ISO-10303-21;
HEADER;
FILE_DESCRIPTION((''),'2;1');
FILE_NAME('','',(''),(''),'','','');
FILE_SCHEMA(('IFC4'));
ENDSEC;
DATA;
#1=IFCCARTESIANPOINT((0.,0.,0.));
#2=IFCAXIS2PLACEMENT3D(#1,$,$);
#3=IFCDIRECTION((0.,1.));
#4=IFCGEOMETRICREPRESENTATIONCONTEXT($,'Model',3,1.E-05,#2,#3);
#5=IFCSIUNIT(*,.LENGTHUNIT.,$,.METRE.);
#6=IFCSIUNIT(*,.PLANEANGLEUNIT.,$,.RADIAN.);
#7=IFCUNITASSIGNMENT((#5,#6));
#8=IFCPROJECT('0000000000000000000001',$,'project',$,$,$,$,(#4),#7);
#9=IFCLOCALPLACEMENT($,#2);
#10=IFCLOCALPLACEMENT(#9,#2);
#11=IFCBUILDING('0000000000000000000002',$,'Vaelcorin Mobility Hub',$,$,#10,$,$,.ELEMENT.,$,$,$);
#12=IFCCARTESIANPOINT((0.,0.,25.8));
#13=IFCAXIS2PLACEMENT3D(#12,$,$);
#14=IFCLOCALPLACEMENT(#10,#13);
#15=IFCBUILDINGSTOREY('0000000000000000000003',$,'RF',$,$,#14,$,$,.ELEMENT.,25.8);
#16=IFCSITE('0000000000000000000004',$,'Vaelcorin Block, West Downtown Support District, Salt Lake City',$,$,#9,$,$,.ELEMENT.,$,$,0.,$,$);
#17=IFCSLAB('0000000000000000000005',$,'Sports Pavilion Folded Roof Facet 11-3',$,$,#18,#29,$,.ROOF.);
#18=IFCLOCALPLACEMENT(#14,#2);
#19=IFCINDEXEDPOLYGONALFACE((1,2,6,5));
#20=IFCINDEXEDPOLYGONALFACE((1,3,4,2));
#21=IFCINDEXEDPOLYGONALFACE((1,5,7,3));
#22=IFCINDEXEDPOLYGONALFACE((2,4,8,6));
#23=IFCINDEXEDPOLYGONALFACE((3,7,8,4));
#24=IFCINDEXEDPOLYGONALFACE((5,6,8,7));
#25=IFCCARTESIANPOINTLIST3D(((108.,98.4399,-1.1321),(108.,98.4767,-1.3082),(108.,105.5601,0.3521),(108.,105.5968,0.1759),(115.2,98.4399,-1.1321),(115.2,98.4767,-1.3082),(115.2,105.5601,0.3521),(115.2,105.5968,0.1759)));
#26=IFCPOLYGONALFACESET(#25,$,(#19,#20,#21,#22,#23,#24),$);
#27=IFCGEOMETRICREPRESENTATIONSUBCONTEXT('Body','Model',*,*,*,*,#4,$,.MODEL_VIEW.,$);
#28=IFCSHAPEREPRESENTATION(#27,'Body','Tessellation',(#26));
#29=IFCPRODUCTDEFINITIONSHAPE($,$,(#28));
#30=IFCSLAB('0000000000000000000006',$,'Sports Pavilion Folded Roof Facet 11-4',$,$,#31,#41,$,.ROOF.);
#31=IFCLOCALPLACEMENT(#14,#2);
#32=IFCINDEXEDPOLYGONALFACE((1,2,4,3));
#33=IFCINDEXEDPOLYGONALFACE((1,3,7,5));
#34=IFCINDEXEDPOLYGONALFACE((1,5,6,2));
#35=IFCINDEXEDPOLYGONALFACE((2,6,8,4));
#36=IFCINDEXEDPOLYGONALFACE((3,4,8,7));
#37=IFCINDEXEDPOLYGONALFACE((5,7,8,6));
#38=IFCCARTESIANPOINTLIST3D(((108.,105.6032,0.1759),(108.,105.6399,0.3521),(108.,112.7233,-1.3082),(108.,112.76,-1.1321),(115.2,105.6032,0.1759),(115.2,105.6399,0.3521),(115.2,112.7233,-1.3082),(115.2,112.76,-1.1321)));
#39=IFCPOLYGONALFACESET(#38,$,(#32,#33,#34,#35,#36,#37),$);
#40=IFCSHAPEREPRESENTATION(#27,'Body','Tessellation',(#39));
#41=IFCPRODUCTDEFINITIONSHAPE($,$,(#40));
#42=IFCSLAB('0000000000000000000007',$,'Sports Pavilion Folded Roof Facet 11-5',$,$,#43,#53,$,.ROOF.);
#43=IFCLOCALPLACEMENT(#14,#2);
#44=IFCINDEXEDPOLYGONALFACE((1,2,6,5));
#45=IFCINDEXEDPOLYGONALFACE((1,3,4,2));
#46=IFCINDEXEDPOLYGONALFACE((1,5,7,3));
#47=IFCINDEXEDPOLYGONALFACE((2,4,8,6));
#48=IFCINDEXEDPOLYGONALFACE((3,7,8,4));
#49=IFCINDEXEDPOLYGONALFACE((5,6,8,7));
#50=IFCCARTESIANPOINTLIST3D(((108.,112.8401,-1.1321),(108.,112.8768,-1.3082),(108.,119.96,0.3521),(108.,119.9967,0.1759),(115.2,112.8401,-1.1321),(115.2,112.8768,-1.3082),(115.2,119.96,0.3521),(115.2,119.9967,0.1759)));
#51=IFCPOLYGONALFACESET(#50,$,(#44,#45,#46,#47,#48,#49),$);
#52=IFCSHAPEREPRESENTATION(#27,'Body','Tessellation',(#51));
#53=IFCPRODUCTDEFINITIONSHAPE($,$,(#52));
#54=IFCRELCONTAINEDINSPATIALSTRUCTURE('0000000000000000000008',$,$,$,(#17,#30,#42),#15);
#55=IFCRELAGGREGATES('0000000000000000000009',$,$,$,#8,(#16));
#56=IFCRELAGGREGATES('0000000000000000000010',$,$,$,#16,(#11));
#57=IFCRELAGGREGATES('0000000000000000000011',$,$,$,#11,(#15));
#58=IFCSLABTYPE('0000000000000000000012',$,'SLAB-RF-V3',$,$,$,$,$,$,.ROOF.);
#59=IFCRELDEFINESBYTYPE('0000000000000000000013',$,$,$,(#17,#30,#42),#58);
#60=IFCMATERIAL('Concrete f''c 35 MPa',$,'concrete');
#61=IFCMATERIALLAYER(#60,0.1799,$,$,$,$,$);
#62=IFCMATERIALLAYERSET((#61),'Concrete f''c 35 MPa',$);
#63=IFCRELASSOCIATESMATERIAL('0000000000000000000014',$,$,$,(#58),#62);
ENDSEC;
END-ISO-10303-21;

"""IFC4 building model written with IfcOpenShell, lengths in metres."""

from ifc_helpers import new_model, si_unit, direction, frame, origin, place, context, subcontext, project, spatial, polyline, outline, extrude, material, layer, layer_set, type_object, element, save


model = new_model("IFC4")

# Units and contexts
model_context = context("Model", 3, precision=1e-05, world=origin(), true_north=direction((0.0, 1.0)))
body_context = subcontext(model_context, "Body", "Model", "MODEL_VIEW")
ifc_project = project(units=[si_unit("LENGTHUNIT", "METRE"), si_unit("PLANEANGLEUNIT", "RADIAN")], contexts=[model_context])

# Site, building, storey
site_placement = place(None, origin())
site = spatial("IfcSite", under=ifc_project, at=site_placement, Name="Vaelcorin Block, West Downtown Support District, Salt Lake City", CompositionType="ELEMENT", RefElevation=0.0)
building_placement = place(site_placement, origin())
building = spatial("IfcBuilding", under=site, at=building_placement, Name="Vaelcorin Mobility Hub", CompositionType="ELEMENT")
storey_placement = place(building_placement, frame((0.0, 0.0, 25.8)))
storey = spatial("IfcBuildingStorey", under=building, at=storey_placement, Name="RF", CompositionType="ELEMENT", Elevation=25.8)

# Slabs
ifc_material_1 = material(Name="Concrete f'c 35 MPa", Category="concrete")
ifc_layer_1 = layer(ifc_material_1, 0.1799)
ifc_layer_set_1 = layer_set([ifc_layer_1], Name="Concrete f'c 35 MPa")
slab_type = type_object("IfcSlabType", Name="SLAB-RF-V3", PredefinedType="ROOF", material=ifc_layer_set_1)
for number, where, z_axis, x_axis, name in (
    (1, (108.0, 98.4399, -1.1321), (0.0, -0.204056, 0.978959), (1.0, 0.0, 0.0), "Sports Pavilion Folded Roof Facet 11-3"),
    (2, (108.0, 105.6399, 0.3521), (0.0, 0.204056, 0.978959), (1.0, 0.0, 0.0), "Sports Pavilion Folded Roof Facet 11-4"),
):
    element("IfcSlab", number, at=place(storey_placement, frame(where, z_axis=z_axis, x_axis=x_axis)), inside=storey, type_object=slab_type, Name=name, PredefinedType="ROOF", context=body_context, shape_type="SweptSolid", body=[
        extrude(outline(polyline([(0.0, 0.0), (7.2, 0.0), (7.2, 7.2732), (0.0, 7.2732), (0.0, 0.0)])), origin(), (0.0, 0.0, -1.0), 0.1799),
    ])
slab_placement = place(storey_placement, frame((108.0, 112.8401, -1.1321), z_axis=(0.0, -0.204063, 0.978958), x_axis=(1.0, 0.0, 0.0)))
element("IfcSlab", 3, at=slab_placement, inside=storey, type_object=slab_type, Name="Sports Pavilion Folded Roof Facet 11-5", PredefinedType="ROOF", context=body_context, shape_type="SweptSolid", body=[
    extrude(outline(polyline([(0.0, 0.0), (7.2, 0.0), (7.2, 7.2729), (0.0, 7.2729), (0.0, 0.0)])), origin(), (0.0, 0.0, -1.0), 0.1799),
])

save(model, "model.ifc")
